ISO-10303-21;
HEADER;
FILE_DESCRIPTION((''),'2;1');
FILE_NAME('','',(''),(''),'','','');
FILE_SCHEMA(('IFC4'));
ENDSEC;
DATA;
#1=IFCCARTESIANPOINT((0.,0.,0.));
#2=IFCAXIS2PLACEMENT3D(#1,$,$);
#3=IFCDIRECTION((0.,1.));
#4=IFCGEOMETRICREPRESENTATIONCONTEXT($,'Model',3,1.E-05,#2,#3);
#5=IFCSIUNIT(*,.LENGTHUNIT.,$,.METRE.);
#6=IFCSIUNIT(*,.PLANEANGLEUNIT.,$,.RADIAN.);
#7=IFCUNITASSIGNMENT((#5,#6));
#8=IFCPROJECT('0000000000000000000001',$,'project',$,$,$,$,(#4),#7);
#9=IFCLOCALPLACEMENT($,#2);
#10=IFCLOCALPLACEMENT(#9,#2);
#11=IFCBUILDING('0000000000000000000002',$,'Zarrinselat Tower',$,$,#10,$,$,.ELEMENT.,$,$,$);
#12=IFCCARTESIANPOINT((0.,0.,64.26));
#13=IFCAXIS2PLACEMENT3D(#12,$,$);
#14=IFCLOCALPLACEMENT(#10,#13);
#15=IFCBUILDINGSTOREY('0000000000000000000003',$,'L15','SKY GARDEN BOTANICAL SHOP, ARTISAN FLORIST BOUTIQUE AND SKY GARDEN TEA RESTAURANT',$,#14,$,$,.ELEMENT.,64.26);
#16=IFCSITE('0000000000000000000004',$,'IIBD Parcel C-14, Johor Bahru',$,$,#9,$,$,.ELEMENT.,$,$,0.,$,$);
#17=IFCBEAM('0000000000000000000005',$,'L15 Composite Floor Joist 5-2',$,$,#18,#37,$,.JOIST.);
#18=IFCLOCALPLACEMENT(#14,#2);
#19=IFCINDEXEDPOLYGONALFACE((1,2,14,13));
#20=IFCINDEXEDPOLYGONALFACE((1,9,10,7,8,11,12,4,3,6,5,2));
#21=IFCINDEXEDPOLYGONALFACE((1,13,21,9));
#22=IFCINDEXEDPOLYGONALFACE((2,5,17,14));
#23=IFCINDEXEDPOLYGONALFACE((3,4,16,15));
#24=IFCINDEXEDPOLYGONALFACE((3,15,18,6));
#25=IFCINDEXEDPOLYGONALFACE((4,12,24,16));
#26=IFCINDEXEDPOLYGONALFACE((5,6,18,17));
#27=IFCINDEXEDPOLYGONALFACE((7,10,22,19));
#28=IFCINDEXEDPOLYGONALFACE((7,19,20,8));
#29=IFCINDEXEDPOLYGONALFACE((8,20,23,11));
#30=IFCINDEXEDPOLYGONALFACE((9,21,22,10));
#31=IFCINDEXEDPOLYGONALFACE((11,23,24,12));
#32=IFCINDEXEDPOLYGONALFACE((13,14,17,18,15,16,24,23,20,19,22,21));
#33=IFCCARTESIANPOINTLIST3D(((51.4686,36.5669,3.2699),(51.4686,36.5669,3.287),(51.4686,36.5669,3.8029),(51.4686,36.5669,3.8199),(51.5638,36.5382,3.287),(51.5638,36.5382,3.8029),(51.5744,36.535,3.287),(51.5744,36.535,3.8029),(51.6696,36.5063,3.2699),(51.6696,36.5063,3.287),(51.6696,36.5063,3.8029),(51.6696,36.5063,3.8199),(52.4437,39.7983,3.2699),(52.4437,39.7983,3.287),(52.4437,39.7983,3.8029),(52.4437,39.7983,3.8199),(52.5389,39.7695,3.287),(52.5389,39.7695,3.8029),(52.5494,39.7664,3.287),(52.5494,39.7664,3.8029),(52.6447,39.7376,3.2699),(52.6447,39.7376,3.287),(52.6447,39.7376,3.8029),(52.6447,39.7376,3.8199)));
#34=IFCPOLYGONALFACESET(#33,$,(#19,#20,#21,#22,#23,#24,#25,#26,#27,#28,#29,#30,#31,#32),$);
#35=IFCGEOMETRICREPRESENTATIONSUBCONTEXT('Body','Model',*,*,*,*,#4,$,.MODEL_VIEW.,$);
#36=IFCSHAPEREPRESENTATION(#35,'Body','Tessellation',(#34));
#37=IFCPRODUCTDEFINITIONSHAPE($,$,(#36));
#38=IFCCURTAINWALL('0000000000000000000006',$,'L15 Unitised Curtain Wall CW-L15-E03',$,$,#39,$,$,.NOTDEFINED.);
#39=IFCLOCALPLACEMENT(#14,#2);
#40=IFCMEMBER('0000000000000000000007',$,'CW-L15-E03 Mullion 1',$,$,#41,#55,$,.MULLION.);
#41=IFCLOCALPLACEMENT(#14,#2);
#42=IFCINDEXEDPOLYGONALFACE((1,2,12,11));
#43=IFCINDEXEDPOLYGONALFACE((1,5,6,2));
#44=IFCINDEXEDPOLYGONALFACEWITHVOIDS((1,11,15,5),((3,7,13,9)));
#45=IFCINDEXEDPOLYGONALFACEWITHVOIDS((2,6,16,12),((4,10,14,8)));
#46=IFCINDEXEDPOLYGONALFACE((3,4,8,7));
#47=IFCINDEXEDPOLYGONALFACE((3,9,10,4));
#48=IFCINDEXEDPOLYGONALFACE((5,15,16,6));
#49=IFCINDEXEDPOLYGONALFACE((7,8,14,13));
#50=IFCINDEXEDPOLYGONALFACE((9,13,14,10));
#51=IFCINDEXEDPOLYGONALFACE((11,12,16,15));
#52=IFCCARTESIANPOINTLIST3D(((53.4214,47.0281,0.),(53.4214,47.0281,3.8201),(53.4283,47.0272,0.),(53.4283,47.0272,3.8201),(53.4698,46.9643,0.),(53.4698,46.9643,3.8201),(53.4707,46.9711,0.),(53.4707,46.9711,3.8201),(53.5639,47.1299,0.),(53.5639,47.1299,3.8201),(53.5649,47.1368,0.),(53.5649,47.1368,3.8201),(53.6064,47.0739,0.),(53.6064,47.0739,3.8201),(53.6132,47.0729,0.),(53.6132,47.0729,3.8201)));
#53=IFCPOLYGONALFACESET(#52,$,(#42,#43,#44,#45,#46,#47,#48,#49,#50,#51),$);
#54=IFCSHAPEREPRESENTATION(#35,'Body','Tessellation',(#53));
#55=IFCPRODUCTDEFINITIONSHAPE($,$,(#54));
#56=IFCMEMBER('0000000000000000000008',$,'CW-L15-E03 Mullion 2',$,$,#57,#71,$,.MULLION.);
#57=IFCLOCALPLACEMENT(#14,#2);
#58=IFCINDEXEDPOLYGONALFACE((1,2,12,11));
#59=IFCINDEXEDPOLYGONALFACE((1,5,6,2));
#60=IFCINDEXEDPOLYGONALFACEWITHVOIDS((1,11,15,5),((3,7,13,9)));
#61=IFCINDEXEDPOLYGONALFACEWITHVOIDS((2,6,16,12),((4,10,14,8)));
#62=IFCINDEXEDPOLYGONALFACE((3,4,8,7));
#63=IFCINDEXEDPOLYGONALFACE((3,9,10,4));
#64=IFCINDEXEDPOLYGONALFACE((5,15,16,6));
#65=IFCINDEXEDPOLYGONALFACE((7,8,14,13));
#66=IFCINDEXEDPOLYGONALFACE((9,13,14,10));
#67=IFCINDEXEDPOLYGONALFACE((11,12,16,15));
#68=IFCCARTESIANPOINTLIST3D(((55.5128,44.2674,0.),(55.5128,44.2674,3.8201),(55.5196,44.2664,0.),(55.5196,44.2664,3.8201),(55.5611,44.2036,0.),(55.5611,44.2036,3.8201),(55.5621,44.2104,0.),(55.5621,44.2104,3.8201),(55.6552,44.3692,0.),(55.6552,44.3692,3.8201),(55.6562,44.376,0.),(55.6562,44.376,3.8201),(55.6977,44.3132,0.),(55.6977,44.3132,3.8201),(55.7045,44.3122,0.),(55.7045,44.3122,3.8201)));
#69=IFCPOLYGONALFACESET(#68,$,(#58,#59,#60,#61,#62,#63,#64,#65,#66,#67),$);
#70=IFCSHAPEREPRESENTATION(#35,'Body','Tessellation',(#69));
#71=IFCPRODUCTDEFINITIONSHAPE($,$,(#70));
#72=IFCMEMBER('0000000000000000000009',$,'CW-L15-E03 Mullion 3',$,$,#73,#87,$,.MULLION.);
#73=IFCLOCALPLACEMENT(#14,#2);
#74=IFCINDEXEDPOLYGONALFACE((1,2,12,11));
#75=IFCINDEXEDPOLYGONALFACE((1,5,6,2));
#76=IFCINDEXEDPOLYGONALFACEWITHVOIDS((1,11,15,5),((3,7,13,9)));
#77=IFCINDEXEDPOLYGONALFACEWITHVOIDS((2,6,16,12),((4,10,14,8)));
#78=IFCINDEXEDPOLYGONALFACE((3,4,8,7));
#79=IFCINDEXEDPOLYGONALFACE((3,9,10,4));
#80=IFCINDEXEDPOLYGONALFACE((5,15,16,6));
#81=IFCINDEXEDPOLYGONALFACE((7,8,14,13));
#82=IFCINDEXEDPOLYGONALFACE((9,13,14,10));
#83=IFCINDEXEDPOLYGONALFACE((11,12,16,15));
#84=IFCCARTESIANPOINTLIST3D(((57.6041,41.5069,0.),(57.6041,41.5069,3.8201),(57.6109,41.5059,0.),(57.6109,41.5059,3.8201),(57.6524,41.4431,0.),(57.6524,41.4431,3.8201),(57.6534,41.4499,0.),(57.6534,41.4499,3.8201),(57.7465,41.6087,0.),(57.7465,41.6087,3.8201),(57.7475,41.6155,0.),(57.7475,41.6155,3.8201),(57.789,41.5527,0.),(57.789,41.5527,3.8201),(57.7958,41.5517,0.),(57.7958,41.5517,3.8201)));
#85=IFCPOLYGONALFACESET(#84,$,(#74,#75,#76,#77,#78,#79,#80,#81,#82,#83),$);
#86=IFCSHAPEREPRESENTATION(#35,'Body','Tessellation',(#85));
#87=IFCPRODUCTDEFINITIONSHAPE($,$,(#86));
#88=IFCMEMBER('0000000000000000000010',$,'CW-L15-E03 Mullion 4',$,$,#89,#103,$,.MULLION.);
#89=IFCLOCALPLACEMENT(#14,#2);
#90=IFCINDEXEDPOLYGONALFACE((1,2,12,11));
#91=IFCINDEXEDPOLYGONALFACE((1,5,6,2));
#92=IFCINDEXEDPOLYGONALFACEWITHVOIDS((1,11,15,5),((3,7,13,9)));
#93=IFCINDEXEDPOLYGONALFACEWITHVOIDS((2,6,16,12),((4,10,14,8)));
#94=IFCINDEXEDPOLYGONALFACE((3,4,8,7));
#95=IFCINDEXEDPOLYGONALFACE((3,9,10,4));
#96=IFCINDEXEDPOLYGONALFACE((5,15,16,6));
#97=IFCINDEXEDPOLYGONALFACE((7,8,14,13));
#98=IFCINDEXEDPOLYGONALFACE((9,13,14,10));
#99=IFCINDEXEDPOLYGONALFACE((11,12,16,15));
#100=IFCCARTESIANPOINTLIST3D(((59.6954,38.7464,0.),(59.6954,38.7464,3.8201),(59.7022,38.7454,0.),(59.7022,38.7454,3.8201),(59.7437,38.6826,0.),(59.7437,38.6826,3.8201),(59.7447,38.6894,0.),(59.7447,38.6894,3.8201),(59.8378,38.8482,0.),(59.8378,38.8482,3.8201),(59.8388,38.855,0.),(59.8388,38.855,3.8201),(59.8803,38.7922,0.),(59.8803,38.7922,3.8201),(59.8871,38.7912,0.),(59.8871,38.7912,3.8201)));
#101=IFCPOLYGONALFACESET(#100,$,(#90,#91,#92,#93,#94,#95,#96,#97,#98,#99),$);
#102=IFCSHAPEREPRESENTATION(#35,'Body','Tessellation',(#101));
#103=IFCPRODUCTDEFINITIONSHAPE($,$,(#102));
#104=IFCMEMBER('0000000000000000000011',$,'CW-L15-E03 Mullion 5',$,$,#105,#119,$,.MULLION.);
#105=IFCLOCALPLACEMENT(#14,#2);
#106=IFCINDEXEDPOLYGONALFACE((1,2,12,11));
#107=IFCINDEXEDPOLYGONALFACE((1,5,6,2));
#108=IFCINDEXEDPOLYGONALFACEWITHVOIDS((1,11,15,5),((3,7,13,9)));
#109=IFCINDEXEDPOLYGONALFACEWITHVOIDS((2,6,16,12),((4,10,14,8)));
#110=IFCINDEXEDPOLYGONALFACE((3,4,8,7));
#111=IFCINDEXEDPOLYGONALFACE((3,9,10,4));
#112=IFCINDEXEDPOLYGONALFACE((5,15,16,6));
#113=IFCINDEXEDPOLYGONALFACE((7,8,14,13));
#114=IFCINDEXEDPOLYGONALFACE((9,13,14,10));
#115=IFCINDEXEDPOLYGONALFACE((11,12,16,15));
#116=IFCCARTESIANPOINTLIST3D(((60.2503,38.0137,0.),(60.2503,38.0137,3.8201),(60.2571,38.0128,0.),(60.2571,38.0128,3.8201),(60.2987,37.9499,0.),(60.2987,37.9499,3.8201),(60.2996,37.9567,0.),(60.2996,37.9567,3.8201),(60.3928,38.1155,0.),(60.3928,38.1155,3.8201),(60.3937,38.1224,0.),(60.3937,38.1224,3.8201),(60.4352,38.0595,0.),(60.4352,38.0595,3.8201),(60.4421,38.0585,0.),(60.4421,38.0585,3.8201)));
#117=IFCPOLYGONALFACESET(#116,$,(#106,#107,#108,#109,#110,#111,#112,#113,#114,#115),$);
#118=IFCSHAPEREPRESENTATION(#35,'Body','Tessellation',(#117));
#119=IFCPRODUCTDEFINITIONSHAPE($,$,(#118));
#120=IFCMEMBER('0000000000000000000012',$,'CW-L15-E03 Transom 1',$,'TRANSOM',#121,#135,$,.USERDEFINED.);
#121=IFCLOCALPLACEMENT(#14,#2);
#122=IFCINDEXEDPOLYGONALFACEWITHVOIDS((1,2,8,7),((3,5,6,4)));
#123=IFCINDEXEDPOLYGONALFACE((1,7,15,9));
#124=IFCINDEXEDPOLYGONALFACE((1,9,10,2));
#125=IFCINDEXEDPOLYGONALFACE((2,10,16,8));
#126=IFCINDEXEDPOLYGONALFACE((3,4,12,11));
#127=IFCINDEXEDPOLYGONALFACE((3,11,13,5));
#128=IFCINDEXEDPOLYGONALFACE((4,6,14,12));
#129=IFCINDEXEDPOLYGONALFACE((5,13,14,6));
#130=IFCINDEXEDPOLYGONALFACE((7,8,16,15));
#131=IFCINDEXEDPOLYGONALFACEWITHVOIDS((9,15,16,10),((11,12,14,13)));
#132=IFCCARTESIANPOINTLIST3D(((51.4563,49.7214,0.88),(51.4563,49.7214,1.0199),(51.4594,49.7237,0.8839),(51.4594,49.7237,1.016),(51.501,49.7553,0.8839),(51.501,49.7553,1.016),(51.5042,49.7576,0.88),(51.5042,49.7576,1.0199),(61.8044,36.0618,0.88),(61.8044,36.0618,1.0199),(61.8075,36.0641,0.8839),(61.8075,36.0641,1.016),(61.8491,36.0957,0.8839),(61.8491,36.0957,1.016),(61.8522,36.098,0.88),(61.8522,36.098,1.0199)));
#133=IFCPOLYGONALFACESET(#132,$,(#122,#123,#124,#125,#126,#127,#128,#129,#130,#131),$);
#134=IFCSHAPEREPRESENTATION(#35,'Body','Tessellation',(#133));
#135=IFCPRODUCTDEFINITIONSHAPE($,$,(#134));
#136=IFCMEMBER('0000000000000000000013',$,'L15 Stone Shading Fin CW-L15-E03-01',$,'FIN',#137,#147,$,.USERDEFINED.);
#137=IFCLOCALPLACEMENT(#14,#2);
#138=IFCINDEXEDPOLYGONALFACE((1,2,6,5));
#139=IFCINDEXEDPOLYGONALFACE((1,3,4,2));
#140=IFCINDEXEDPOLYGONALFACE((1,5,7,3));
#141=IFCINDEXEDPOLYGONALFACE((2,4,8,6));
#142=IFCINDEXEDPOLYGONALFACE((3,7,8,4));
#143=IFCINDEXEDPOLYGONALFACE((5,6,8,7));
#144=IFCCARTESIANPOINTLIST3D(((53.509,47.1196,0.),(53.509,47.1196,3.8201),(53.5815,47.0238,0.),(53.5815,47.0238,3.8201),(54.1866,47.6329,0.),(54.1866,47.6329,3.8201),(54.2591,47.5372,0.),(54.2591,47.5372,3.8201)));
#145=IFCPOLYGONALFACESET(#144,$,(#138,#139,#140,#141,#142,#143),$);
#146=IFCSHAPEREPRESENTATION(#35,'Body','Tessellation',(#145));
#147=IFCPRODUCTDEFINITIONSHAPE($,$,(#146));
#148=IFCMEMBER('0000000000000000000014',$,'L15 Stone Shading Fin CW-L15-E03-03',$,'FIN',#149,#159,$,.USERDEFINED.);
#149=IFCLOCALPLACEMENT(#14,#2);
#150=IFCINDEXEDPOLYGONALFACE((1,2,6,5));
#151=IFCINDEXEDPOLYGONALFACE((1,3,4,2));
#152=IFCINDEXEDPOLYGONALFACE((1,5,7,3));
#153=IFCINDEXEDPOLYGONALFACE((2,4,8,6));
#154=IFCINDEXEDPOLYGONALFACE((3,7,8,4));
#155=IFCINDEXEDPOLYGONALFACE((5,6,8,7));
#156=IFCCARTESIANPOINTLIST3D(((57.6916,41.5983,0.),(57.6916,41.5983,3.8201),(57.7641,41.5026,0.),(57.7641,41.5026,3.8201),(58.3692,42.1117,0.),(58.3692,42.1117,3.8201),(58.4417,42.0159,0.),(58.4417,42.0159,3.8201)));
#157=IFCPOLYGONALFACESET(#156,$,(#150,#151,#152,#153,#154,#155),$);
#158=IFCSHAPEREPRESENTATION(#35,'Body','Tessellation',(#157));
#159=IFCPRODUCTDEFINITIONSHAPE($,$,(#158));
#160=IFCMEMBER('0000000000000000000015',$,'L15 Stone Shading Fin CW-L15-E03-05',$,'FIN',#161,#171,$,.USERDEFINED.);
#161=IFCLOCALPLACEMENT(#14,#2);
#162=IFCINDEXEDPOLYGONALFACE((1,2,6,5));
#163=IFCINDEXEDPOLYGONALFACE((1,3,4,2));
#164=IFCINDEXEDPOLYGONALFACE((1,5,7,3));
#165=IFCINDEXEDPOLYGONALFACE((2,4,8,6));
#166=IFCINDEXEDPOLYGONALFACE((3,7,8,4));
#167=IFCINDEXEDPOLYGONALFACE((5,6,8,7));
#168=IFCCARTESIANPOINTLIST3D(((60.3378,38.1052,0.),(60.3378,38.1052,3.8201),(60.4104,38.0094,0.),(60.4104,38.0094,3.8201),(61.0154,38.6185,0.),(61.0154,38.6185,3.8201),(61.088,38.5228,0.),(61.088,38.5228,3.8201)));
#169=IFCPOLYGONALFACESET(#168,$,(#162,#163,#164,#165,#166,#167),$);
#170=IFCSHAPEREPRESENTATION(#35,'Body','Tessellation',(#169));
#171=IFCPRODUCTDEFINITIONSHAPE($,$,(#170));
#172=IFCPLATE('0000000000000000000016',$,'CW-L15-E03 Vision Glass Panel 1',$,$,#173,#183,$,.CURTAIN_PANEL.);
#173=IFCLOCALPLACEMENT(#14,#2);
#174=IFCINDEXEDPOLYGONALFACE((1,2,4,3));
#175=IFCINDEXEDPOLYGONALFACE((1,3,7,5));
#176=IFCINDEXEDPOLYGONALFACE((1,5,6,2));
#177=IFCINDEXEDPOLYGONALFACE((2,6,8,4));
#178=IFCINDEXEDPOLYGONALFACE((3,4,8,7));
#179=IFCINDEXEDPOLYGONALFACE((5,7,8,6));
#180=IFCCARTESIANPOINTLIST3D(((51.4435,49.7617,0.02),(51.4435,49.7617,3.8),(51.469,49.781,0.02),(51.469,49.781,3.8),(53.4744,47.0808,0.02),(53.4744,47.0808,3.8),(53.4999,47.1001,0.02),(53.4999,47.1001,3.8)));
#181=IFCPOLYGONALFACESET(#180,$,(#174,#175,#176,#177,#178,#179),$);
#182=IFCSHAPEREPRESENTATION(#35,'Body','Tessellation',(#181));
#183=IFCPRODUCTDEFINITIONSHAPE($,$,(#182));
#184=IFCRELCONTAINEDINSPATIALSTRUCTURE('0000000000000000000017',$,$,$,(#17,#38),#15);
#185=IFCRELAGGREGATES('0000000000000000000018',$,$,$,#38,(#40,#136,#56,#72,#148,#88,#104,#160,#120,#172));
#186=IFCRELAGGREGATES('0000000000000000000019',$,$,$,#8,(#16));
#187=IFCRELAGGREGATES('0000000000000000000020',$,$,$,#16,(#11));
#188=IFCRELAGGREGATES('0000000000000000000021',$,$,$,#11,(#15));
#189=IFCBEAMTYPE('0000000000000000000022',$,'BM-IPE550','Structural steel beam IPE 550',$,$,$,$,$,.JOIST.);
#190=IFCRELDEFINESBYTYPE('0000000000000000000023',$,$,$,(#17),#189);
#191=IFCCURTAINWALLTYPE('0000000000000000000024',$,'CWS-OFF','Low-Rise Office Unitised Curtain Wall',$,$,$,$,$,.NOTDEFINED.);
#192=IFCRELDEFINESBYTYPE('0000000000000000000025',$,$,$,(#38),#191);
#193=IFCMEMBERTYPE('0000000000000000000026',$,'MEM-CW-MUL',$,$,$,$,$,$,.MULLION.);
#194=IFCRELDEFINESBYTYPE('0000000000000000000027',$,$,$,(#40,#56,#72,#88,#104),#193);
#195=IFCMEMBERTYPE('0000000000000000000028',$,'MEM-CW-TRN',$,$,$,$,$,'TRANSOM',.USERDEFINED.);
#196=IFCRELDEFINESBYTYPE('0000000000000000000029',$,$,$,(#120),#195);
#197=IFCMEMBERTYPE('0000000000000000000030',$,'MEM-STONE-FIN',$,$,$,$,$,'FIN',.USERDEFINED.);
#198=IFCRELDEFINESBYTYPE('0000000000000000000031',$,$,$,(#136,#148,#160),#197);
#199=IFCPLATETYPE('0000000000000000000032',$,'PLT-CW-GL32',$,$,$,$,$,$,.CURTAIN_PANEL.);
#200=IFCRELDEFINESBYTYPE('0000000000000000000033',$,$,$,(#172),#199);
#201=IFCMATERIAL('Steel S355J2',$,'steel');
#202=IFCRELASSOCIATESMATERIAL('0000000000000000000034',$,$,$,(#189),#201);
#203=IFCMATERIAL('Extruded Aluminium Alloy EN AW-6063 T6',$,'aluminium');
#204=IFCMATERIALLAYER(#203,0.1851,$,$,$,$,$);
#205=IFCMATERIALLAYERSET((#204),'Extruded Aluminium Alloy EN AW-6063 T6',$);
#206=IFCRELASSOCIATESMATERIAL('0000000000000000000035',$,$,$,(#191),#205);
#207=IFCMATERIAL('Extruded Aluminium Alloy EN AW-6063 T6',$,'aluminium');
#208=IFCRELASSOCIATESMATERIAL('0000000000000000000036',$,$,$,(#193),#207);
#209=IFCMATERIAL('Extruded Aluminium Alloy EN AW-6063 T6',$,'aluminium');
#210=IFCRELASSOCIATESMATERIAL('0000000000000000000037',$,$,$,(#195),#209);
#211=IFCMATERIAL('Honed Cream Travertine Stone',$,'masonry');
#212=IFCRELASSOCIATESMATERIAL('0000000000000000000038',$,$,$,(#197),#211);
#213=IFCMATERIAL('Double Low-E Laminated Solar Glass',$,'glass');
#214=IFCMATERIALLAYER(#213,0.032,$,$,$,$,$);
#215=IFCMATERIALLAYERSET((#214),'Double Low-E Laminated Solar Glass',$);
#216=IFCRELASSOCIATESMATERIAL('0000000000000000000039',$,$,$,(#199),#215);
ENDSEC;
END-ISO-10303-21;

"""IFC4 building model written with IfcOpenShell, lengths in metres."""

from ifc_helpers import new_model, si_unit, direction, frame, origin, origin_2d, place, context, subcontext, project, spatial, rectangle, hollow_rectangle, i_section, extrude, material, layer, layer_set, material_profile, profile_set, type_object, element, aggregate, save


model = new_model("IFC4")

# Units and contexts
model_context = context("Model", 3, precision=1e-05, world=origin(), true_north=direction((0.0, 1.0)))
body_context = subcontext(model_context, "Body", "Model", "MODEL_VIEW")
ifc_project = project(units=[si_unit("LENGTHUNIT", "METRE"), si_unit("PLANEANGLEUNIT", "RADIAN")], contexts=[model_context])

# Site, building, storey
site_placement = place(None, origin())
site = spatial("IfcSite", under=ifc_project, at=site_placement, Name="IIBD Parcel C-14, Johor Bahru", CompositionType="ELEMENT", RefElevation=0.0)
building_placement = place(site_placement, origin())
building = spatial("IfcBuilding", under=site, at=building_placement, Name="Zarrinselat Tower", CompositionType="ELEMENT")
storey_placement = place(building_placement, frame((0.0, 0.0, 64.26)))
storey = spatial("IfcBuildingStorey", under=building, at=storey_placement, Name="L15", Description="SKY GARDEN BOTANICAL SHOP, ARTISAN FLORIST BOUTIQUE AND SKY GARDEN TEA RESTAURANT", CompositionType="ELEMENT", Elevation=64.26)

# Beam
ifc_material_1 = material(Name="Steel S355J2", Category="steel")
ifc_material_profile_1 = material_profile(ifc_material_1, i_section(OverallWidth=0.21, OverallDepth=0.55, WebThickness=0.011, FlangeThickness=0.0171, at=origin_2d()), Name="IPE 550")
ifc_profile_set_1 = profile_set([ifc_material_profile_1], Name="Steel S355J2")
beam_type = type_object("IfcBeamType", Name="BM-IPE550", Description="Structural steel beam IPE 550", PredefinedType="JOIST", material=ifc_profile_set_1)
beam_placement = place(storey_placement, frame((51.5691, 36.5366, 3.5449), z_axis=(0.288887, 0.957363, 0.0), x_axis=(-0.957363, 0.288887, 0.0)))
element("IfcBeam", 1, at=beam_placement, inside=storey, type_object=beam_type, Name="L15 Composite Floor Joist 5-2", PredefinedType="JOIST", context=body_context, shape_type="SweptSolid", body=[
    extrude(i_section(OverallWidth=0.21, OverallDepth=0.55, WebThickness=0.011, FlangeThickness=0.0171, at=origin_2d()), origin(), (0.0, 0.0, 1.0), 3.3752),
])

# Curtain wall, members, plate
ifc_material_2 = material(Name="Extruded Aluminium Alloy EN AW-6063 T6", Category="aluminium")
ifc_layer_1 = layer(ifc_material_2, 0.1851)
ifc_layer_set_1 = layer_set([ifc_layer_1], Name="Extruded Aluminium Alloy EN AW-6063 T6")
curtain_wall_type = type_object("IfcCurtainWallType", Name="CWS-OFF", Description="Low-Rise Office Unitised Curtain Wall", PredefinedType="NOTDEFINED", material=ifc_layer_set_1)
curtain_wall_placement = place(storey_placement, origin())
curtain_wall = element("IfcCurtainWall", 2, at=curtain_wall_placement, inside=storey, type_object=curtain_wall_type, Name="L15 Unitised Curtain Wall CW-L15-E03", PredefinedType="NOTDEFINED")
ifc_material_3 = material(Name="Extruded Aluminium Alloy EN AW-6063 T6", Category="aluminium")
ifc_material_profile_2 = material_profile(ifc_material_3, hollow_rectangle(XDim=0.0801, YDim=0.1799, WallThickness=0.0049, at=origin_2d()), Name="RHS 180x80x5")
ifc_profile_set_2 = profile_set([ifc_material_profile_2], Name="Extruded Aluminium Alloy EN AW-6063 T6")
member_type_1 = type_object("IfcMemberType", Name="MEM-CW-MUL", PredefinedType="MULLION", material=ifc_profile_set_2)
member_1_placement = place(storey_placement, frame((53.5173, 47.0505, 0.0), z_axis=(0.0, 0.0, 1.0), x_axis=(0.60386, -0.797091, 0.0)))
member_1 = element("IfcMember", 3, at=member_1_placement, type_object=member_type_1, Name="CW-L15-E03 Mullion 1", PredefinedType="MULLION", context=body_context, shape_type="SweptSolid", body=[
    extrude(hollow_rectangle(XDim=0.0801, YDim=0.1799, WallThickness=0.0049, at=origin_2d()), origin(), (0.0, 0.0, 1.0), 3.8201),
])
member_2_placement = place(storey_placement, frame((55.6086, 44.2898, 0.0), z_axis=(0.0, 0.0, 1.0), x_axis=(0.60386, -0.797091, 0.0)))
member_2 = element("IfcMember", 4, at=member_2_placement, type_object=member_type_1, Name="CW-L15-E03 Mullion 2", PredefinedType="MULLION", context=body_context, shape_type="SweptSolid", body=[
    extrude(hollow_rectangle(XDim=0.0801, YDim=0.1799, WallThickness=0.0049, at=origin_2d()), origin(), (0.0, 0.0, 1.0), 3.8201),
])
member_3_placement = place(storey_placement, frame((57.7, 41.5293, 0.0), z_axis=(0.0, 0.0, 1.0), x_axis=(0.60386, -0.797091, 0.0)))
member_3 = element("IfcMember", 5, at=member_3_placement, type_object=member_type_1, Name="CW-L15-E03 Mullion 3", PredefinedType="MULLION", context=body_context, shape_type="SweptSolid", body=[
    extrude(hollow_rectangle(XDim=0.0801, YDim=0.1799, WallThickness=0.0049, at=origin_2d()), origin(), (0.0, 0.0, 1.0), 3.8201),
])
member_4_placement = place(storey_placement, frame((59.7913, 38.7688, 0.0), z_axis=(0.0, 0.0, 1.0), x_axis=(0.60386, -0.797091, 0.0)))
member_4 = element("IfcMember", 6, at=member_4_placement, type_object=member_type_1, Name="CW-L15-E03 Mullion 4", PredefinedType="MULLION", context=body_context, shape_type="SweptSolid", body=[
    extrude(hollow_rectangle(XDim=0.0801, YDim=0.1799, WallThickness=0.0049, at=origin_2d()), origin(), (0.0, 0.0, 1.0), 3.8201),
])
member_5_placement = place(storey_placement, frame((60.3462, 38.0361, 0.0), z_axis=(0.0, 0.0, 1.0), x_axis=(0.60386, -0.797091, 0.0)))
member_5 = element("IfcMember", 7, at=member_5_placement, type_object=member_type_1, Name="CW-L15-E03 Mullion 5", PredefinedType="MULLION", context=body_context, shape_type="SweptSolid", body=[
    extrude(hollow_rectangle(XDim=0.0801, YDim=0.1799, WallThickness=0.0049, at=origin_2d()), origin(), (0.0, 0.0, 1.0), 3.8201),
])
ifc_material_4 = material(Name="Extruded Aluminium Alloy EN AW-6063 T6", Category="aluminium")
ifc_material_profile_3 = material_profile(ifc_material_4, hollow_rectangle(XDim=0.0601, YDim=0.1399, WallThickness=0.0039, at=origin_2d()), Name="RHS 140x60x4")
ifc_profile_set_3 = profile_set([ifc_material_profile_3], Name="Extruded Aluminium Alloy EN AW-6063 T6")
member_type_2 = type_object("IfcMemberType", Name="MEM-CW-TRN", ElementType="TRANSOM", PredefinedType="USERDEFINED", material=ifc_profile_set_3)
member_6_placement = place(storey_placement, frame((51.4802, 49.7395, 0.95), z_axis=(0.603854, -0.797095, 0.0), x_axis=(0.797095, 0.603854, 0.0)))
member_6 = element("IfcMember", 8, at=member_6_placement, type_object=member_type_2, Name="CW-L15-E03 Transom 1", ObjectType="TRANSOM", PredefinedType="USERDEFINED", context=body_context, shape_type="SweptSolid", body=[
    extrude(hollow_rectangle(XDim=0.0601, YDim=0.1399, WallThickness=0.0039, at=origin_2d()), origin(), (0.0, 0.0, 1.0), 17.1367),
])
ifc_material_5 = material(Name="Honed Cream Travertine Stone", Category="masonry")
ifc_material_profile_4 = material_profile(ifc_material_5, rectangle(XDim=0.1201, YDim=0.8501, at=origin_2d()), Name="FIN 850x120")
ifc_profile_set_4 = profile_set([ifc_material_profile_4], Name="Honed Cream Travertine Stone")
member_type_3 = type_object("IfcMemberType", Name="MEM-STONE-FIN", ElementType="FIN", PredefinedType="USERDEFINED", material=ifc_profile_set_4)
member_7_placement = place(storey_placement, frame((53.884, 47.3284, 0.0), z_axis=(0.0, 0.0, 1.0), x_axis=(0.60386, -0.797091, 0.0)))
member_7 = element("IfcMember", 9, at=member_7_placement, type_object=member_type_3, Name="L15 Stone Shading Fin CW-L15-E03-01", ObjectType="FIN", PredefinedType="USERDEFINED", context=body_context, shape_type="SweptSolid", body=[
    extrude(rectangle(XDim=0.1201, YDim=0.8501, at=origin_2d()), origin(), (0.0, 0.0, 1.0), 3.8201),
])
member_8_placement = place(storey_placement, frame((58.0667, 41.8071, 0.0), z_axis=(0.0, 0.0, 1.0), x_axis=(0.60386, -0.797091, 0.0)))
member_8 = element("IfcMember", 10, at=member_8_placement, type_object=member_type_3, Name="L15 Stone Shading Fin CW-L15-E03-03", ObjectType="FIN", PredefinedType="USERDEFINED", context=body_context, shape_type="SweptSolid", body=[
    extrude(rectangle(XDim=0.1201, YDim=0.8501, at=origin_2d()), origin(), (0.0, 0.0, 1.0), 3.8201),
])
member_9_placement = place(storey_placement, frame((60.7129, 38.314, 0.0), z_axis=(0.0, 0.0, 1.0), x_axis=(0.60386, -0.797091, 0.0)))
member_9 = element("IfcMember", 11, at=member_9_placement, type_object=member_type_3, Name="L15 Stone Shading Fin CW-L15-E03-05", ObjectType="FIN", PredefinedType="USERDEFINED", context=body_context, shape_type="SweptSolid", body=[
    extrude(rectangle(XDim=0.1201, YDim=0.8501, at=origin_2d()), origin(), (0.0, 0.0, 1.0), 3.8201),
])
ifc_material_6 = material(Name="Double Low-E Laminated Solar Glass", Category="glass")
ifc_layer_2 = layer(ifc_material_6, 0.032)
ifc_layer_set_2 = layer_set([ifc_layer_2], Name="Double Low-E Laminated Solar Glass")
plate_type = type_object("IfcPlateType", Name="PLT-CW-GL32", PredefinedType="CURTAIN_PANEL", material=ifc_layer_set_2)
plate_1_placement = place(storey_placement, frame((52.4717, 48.4309, 0.02), z_axis=(0.0, 0.0, 1.0), x_axis=(0.60386, -0.797091, 0.0)))
plate_1 = element("IfcPlate", 12, at=plate_1_placement, type_object=plate_type, Name="CW-L15-E03 Vision Glass Panel 1", PredefinedType="CURTAIN_PANEL", context=body_context, shape_type="SweptSolid", body=[
    extrude(rectangle(XDim=3.3633, YDim=0.032, at=origin_2d()), origin(), (0.0, 0.0, 1.0), 3.78),
])
aggregate(curtain_wall, [member_1, member_7, member_2, member_3, member_8, member_4, member_5, member_9, member_6, plate_1])

save(model, "model.ifc")
